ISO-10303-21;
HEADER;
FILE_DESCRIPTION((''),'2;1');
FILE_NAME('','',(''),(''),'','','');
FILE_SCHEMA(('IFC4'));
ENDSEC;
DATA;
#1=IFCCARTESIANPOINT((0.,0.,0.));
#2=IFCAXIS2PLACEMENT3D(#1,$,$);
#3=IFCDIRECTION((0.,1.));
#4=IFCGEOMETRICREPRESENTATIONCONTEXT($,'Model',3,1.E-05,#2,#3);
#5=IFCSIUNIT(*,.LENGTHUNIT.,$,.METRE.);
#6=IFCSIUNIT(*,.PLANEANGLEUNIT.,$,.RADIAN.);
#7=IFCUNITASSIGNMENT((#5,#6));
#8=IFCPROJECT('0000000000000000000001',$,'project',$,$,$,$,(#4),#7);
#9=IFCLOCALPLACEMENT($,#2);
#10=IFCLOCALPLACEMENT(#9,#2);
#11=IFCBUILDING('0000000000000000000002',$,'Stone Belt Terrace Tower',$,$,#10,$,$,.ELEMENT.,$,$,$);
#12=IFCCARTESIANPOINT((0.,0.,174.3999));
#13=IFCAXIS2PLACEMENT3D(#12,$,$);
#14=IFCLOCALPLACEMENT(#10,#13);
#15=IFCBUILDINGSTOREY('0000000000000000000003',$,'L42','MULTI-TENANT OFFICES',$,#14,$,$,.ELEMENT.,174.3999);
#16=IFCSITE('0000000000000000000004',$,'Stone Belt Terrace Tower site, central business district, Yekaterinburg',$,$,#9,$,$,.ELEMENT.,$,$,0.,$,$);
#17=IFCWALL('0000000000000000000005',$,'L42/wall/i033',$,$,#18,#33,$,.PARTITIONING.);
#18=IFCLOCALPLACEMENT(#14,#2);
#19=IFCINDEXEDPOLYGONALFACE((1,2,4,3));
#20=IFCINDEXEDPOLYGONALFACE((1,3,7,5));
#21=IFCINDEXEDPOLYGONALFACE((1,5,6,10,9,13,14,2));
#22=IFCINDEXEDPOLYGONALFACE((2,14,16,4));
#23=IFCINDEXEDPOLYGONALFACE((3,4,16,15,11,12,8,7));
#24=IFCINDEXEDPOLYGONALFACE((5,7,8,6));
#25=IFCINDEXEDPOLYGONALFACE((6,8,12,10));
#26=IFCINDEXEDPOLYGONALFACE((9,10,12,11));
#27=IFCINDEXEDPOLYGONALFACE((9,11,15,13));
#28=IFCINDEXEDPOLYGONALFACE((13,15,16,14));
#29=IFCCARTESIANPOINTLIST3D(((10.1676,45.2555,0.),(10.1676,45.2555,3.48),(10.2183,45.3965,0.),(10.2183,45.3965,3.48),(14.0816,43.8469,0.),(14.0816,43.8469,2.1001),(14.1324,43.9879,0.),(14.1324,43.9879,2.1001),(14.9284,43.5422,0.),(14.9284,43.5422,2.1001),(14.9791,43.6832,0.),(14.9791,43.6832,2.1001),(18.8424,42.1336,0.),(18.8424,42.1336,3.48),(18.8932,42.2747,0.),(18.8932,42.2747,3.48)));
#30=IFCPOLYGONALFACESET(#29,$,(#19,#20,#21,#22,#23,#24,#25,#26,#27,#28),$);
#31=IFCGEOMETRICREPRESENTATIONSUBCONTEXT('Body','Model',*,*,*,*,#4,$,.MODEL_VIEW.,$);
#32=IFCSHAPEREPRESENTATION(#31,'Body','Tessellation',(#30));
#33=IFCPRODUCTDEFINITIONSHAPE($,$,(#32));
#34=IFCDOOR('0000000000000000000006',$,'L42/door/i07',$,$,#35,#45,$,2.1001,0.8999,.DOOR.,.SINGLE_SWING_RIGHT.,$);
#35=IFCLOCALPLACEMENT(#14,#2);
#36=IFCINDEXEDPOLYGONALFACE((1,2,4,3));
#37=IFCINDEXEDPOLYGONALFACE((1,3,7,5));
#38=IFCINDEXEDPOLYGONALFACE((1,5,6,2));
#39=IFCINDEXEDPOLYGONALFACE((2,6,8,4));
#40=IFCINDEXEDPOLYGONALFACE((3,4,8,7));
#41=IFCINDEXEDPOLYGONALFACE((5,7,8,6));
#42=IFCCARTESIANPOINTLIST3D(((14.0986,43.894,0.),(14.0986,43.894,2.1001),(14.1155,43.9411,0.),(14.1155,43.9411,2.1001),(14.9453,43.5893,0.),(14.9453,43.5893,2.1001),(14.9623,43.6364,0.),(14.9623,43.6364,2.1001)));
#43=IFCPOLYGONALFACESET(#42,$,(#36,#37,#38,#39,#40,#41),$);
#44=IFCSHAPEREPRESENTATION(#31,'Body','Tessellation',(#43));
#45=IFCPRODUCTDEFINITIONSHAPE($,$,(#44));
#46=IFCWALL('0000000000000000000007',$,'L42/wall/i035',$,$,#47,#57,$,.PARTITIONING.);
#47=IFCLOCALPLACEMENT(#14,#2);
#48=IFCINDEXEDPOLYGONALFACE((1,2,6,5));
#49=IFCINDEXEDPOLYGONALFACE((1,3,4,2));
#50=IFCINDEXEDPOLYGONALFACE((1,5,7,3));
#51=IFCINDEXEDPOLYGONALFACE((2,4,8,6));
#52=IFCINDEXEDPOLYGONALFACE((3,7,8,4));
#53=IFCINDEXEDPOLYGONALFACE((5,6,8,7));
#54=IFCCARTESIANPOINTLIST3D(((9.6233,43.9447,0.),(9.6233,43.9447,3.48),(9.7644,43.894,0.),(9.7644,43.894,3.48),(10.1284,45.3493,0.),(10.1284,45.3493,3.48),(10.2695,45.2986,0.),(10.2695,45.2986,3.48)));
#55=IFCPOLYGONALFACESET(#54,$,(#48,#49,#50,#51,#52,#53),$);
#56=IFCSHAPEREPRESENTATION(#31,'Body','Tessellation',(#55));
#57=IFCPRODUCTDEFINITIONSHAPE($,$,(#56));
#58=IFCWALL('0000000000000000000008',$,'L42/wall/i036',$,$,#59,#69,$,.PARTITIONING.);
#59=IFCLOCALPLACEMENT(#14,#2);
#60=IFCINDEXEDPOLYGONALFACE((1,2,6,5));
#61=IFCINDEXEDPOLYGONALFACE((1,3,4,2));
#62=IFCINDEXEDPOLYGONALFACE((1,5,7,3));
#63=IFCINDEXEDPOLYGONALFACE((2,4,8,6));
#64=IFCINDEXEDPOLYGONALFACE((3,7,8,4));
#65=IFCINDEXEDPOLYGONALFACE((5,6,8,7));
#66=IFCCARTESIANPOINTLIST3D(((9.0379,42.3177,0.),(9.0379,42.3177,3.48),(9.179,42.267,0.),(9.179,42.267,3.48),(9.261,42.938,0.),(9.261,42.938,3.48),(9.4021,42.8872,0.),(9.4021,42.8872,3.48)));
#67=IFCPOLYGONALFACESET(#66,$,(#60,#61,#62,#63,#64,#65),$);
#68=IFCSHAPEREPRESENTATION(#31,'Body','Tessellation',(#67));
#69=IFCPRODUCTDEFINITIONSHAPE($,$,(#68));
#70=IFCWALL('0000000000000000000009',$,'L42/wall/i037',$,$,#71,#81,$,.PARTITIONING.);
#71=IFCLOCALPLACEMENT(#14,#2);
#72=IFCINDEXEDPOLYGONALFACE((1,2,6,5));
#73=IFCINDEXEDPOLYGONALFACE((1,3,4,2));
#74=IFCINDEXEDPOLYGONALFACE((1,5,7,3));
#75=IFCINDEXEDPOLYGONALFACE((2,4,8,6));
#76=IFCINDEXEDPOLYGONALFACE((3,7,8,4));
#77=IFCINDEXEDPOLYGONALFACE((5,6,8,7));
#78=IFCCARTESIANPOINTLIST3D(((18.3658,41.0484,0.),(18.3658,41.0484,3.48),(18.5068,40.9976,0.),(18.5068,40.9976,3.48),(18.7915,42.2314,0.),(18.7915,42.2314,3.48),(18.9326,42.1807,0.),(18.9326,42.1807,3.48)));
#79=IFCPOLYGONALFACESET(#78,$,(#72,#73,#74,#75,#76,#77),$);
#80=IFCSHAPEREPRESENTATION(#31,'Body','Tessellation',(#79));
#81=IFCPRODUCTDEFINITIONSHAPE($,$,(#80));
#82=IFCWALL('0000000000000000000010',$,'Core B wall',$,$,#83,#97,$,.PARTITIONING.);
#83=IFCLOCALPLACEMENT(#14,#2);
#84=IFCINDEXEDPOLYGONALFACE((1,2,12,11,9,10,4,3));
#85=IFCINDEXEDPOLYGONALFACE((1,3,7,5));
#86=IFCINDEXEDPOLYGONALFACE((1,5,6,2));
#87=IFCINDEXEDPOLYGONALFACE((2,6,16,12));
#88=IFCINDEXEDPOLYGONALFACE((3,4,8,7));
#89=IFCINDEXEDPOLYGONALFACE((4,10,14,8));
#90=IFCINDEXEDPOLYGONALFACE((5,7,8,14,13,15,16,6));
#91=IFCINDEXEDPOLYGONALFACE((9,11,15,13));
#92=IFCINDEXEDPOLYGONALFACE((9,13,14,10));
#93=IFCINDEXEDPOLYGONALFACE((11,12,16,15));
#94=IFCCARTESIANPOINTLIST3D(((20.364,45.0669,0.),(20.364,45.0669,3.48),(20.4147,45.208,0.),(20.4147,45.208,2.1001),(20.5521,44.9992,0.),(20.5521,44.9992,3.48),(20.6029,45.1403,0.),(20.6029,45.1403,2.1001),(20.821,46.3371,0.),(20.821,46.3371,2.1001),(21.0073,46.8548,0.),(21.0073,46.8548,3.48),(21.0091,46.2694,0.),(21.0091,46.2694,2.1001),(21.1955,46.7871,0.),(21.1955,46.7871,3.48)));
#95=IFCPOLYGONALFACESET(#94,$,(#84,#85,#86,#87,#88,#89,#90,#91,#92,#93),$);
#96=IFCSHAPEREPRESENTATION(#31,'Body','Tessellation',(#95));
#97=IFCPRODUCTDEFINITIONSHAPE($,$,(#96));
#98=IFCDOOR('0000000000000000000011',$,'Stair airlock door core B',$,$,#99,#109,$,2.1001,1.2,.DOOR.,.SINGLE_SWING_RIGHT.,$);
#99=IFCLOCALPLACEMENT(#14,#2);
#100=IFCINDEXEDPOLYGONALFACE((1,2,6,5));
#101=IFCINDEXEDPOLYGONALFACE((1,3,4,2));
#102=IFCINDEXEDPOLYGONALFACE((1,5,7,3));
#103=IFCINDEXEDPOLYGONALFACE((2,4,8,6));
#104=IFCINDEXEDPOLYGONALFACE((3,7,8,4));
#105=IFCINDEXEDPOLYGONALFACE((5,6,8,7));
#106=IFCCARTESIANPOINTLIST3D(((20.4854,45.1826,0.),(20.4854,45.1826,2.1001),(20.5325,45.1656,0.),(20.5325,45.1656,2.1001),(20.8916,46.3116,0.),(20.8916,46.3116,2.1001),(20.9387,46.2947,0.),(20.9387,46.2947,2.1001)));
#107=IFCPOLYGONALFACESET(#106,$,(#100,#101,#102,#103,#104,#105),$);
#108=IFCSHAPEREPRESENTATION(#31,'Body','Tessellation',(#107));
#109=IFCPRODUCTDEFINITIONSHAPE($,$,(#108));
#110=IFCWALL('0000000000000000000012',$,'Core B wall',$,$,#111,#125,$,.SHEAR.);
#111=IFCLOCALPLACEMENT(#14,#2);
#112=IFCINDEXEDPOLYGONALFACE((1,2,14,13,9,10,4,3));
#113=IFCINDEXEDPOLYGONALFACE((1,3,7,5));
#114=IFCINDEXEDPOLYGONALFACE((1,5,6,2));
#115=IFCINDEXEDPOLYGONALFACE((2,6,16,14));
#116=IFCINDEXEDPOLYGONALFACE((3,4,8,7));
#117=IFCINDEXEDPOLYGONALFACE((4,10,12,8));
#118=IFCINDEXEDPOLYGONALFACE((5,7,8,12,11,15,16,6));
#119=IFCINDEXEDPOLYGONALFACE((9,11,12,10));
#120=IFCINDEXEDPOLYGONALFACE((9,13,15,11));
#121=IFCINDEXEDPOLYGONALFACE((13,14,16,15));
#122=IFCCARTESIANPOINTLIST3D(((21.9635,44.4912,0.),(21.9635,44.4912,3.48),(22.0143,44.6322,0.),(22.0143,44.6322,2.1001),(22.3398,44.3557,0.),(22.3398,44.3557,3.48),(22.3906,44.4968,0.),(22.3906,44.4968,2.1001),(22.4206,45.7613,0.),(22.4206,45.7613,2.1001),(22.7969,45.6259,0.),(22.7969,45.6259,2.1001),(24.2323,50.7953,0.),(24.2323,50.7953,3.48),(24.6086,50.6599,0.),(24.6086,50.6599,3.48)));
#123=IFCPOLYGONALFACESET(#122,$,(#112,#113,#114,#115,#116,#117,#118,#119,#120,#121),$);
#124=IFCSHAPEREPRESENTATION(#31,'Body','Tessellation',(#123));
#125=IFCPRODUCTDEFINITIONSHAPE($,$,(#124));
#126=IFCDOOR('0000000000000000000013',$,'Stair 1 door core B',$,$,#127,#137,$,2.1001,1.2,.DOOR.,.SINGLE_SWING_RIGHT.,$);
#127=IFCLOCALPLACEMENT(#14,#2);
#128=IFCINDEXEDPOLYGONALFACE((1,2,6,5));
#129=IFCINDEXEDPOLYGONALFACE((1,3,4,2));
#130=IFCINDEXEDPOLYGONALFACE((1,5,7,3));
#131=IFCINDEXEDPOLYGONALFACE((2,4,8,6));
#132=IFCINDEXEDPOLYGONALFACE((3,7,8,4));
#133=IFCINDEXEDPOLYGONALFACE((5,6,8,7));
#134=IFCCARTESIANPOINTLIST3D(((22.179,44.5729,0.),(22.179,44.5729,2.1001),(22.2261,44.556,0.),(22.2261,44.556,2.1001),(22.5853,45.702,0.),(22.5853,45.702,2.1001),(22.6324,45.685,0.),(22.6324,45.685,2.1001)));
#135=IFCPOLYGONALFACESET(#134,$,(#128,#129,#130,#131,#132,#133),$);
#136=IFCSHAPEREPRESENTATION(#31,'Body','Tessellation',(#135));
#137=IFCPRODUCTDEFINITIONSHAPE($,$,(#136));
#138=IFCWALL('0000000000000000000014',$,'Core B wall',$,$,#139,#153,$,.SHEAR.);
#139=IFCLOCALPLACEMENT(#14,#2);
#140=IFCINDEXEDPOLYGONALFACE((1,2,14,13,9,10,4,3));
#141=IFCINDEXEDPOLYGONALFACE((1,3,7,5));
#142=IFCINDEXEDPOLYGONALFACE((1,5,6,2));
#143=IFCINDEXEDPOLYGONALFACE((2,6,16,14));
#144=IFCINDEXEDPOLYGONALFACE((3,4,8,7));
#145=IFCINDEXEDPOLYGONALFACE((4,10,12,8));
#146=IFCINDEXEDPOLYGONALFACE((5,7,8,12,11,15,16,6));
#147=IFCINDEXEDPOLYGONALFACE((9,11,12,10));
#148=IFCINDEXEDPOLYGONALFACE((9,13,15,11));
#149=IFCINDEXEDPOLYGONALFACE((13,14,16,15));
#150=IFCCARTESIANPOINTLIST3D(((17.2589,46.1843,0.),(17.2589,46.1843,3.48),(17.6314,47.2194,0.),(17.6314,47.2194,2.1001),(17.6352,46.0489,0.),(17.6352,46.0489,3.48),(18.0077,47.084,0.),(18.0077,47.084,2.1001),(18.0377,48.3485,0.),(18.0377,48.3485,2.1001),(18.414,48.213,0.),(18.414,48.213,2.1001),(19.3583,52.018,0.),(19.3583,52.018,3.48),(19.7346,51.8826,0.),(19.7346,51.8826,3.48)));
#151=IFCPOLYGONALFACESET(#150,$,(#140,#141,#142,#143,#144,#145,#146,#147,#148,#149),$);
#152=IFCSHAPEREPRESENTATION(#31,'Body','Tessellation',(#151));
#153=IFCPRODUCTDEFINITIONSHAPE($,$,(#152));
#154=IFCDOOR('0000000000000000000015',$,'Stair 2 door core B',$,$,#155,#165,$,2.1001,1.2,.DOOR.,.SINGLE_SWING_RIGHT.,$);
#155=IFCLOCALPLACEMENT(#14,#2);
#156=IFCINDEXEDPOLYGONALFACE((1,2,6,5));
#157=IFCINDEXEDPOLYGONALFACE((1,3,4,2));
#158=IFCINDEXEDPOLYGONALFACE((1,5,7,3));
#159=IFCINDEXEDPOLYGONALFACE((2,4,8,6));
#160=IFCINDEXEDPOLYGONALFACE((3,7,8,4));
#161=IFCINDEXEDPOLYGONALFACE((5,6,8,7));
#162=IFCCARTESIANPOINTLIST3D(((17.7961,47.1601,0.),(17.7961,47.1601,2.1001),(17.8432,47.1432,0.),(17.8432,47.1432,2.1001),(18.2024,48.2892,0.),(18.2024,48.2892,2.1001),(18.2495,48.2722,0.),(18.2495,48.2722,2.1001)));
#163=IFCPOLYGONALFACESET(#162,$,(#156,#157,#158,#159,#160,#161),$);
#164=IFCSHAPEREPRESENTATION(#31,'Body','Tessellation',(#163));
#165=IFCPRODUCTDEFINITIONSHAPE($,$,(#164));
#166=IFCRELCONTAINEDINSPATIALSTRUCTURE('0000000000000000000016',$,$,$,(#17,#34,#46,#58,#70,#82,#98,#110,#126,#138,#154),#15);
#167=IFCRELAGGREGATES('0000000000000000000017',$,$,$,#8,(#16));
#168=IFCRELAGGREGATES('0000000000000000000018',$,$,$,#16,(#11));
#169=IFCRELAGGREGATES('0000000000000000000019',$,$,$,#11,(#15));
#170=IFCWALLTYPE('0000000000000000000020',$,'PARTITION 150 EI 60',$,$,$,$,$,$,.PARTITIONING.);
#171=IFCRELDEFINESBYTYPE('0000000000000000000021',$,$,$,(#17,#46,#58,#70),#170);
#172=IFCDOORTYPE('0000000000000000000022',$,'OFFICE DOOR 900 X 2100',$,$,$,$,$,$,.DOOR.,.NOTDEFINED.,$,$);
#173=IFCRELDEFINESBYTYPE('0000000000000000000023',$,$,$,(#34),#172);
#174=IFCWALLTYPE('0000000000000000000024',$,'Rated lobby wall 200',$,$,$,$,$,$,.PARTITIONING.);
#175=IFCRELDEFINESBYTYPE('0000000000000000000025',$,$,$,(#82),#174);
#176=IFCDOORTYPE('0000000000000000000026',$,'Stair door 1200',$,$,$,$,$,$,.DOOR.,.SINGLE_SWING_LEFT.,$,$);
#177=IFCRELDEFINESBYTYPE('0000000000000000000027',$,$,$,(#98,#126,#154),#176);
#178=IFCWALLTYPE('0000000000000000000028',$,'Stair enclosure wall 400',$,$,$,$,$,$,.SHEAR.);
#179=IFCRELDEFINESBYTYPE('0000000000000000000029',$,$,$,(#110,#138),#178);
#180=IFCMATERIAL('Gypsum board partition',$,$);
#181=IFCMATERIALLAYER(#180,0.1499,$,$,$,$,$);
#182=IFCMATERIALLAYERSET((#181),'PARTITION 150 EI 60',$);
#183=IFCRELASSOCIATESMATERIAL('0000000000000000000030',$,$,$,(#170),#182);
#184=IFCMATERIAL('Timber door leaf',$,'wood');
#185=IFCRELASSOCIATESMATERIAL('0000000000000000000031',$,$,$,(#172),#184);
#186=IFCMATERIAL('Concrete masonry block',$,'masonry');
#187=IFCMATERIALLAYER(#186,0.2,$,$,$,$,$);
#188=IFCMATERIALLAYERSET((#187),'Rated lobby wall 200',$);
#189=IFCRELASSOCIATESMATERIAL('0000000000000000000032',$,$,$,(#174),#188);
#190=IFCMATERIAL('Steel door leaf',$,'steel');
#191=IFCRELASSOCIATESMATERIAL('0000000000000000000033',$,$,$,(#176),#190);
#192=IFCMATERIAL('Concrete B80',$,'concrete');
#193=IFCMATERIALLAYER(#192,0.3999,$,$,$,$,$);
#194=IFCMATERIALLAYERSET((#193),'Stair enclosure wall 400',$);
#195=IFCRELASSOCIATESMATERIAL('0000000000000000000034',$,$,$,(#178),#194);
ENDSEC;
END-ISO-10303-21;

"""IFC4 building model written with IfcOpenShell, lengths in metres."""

from ifc_helpers import new_model, si_unit, direction, frame, frame_2d, origin, place, context, subcontext, project, spatial, rectangle, extrude, material, layer, layer_set, type_object, element, fill, save


model = new_model("IFC4")

# Units and contexts
model_context = context("Model", 3, precision=1e-05, world=origin(), true_north=direction((0.0, 1.0)))
body_context = subcontext(model_context, "Body", "Model", "MODEL_VIEW")
ifc_project = project(units=[si_unit("LENGTHUNIT", "METRE"), si_unit("PLANEANGLEUNIT", "RADIAN")], contexts=[model_context])

# Site, building, storey
site_placement = place(None, origin())
site = spatial("IfcSite", under=ifc_project, at=site_placement, Name="Stone Belt Terrace Tower site, central business district, Yekaterinburg", CompositionType="ELEMENT", RefElevation=0.0)
building_placement = place(site_placement, origin())
building = spatial("IfcBuilding", under=site, at=building_placement, Name="Stone Belt Terrace Tower", CompositionType="ELEMENT")
storey_placement = place(building_placement, frame((0.0, 0.0, 174.3999)))
storey = spatial("IfcBuildingStorey", under=building, at=storey_placement, Name="L42", Description="MULTI-TENANT OFFICES", CompositionType="ELEMENT", Elevation=174.3999)

# Shared definitions
ifc_material_1 = material(Name="Concrete B80", Category="concrete")

# Shared definitions
ifc_material_2 = material(Name="Gypsum board partition")
ifc_layer_1 = layer(ifc_material_2, 0.1499)
ifc_layer_set_1 = layer_set([ifc_layer_1], Name="PARTITION 150 EI 60")
wall_type_1 = type_object("IfcWallType", Name="PARTITION 150 EI 60", PredefinedType="PARTITIONING", material=ifc_layer_set_1)

# Wall, opening, door
ifc_material_3 = material(Name="Timber door leaf", Category="wood")
door_type_1 = type_object("IfcDoorType", Name="OFFICE DOOR 900 X 2100", OperationType="NOTDEFINED", PredefinedType="DOOR", material=ifc_material_3)
wall_1_placement = place(storey_placement, frame((18.8679, 42.2041, 0.0), z_axis=(0.0, 0.0, 1.0), x_axis=(-0.940926, 0.338614, 0.0)))
wall_1 = element("IfcWall", 1, at=wall_1_placement, inside=storey, type_object=wall_type_1, Name="L42/wall/i033", PredefinedType="PARTITIONING", context=body_context, shape_type="SweptSolid", body=[
    extrude(rectangle(XDim=9.2195, YDim=0.1499, at=frame_2d((4.6099, 0.0))), origin(), (0.0, 0.0, 1.0), 3.48),
])
opening_1_placement = place(wall_1_placement, frame((4.1599, 0.0, 0.0)))
opening_1 = element("IfcOpeningElement", 2, at=opening_1_placement, cuts=wall_1, PredefinedType="OPENING", context=body_context, shape_type="SweptSolid", body=[
    extrude(rectangle(XDim=0.8999, YDim=2.1001, at=frame_2d((0.45, 1.05))), frame((0.0, 0.085, 0.0), z_axis=(0.0, -1.0, 0.0), x_axis=(1.0, 0.0, 0.0)), (0.0, 0.0, 1.0), 0.1699),
])
door_1_placement = place(opening_1_placement, origin())
door_1 = element("IfcDoor", 3, at=door_1_placement, inside=storey, type_object=door_type_1, Name="L42/door/i07", OperationType="SINGLE_SWING_RIGHT", OverallHeight=2.1001, OverallWidth=0.8999, PredefinedType="DOOR", context=body_context, shape_type="SweptSolid", body=[
    extrude(rectangle(XDim=0.8999, YDim=2.1001, at=frame_2d((0.45, 1.05))), frame((0.0, 0.0249, 0.0), z_axis=(0.0, -1.0, 0.0), x_axis=(1.0, 0.0, 0.0)), (0.0, 0.0, 1.0), 0.05),
])
fill(opening_1, door_1)

# Walls
wall_2_placement = place(storey_placement, frame((10.199, 45.324, 0.0), z_axis=(0.0, 0.0, 1.0), x_axis=(-0.338418, -0.940996, 0.0)))
element("IfcWall", 4, at=wall_2_placement, inside=storey, type_object=wall_type_1, Name="L42/wall/i035", PredefinedType="PARTITIONING", context=body_context, shape_type="SweptSolid", body=[
    extrude(rectangle(XDim=1.4927, YDim=0.1499, at=frame_2d((0.7463, 0.0))), origin(), (0.0, 0.0, 1.0), 3.48),
])
wall_3_placement = place(storey_placement, frame((9.3315, 42.9126, 0.0), z_axis=(0.0, 0.0, 1.0), x_axis=(-0.33847, -0.940977, 0.0)))
element("IfcWall", 5, at=wall_3_placement, inside=storey, type_object=wall_type_1, Name="L42/wall/i036", PredefinedType="PARTITIONING", context=body_context, shape_type="SweptSolid", body=[
    extrude(rectangle(XDim=0.6592, YDim=0.1499, at=frame_2d((0.3296, 0.0))), origin(), (0.0, 0.0, 1.0), 3.48),
])
wall_4_placement = place(storey_placement, frame((18.8621, 42.2061, 0.0), z_axis=(0.0, 0.0, 1.0), x_axis=(-0.338623, -0.940922, 0.0)))
element("IfcWall", 6, at=wall_4_placement, inside=storey, type_object=wall_type_1, Name="L42/wall/i037", PredefinedType="PARTITIONING", context=body_context, shape_type="SweptSolid", body=[
    extrude(rectangle(XDim=1.2573, YDim=0.1499, at=frame_2d((0.6287, 0.0))), origin(), (0.0, 0.0, 1.0), 3.48),
])

# Walls, openings, doors
ifc_material_4 = material(Name="Concrete masonry block", Category="masonry")
ifc_layer_2 = layer(ifc_material_4, 0.2)
ifc_layer_set_2 = layer_set([ifc_layer_2], Name="Rated lobby wall 200")
wall_type_2 = type_object("IfcWallType", Name="Rated lobby wall 200", PredefinedType="PARTITIONING", material=ifc_layer_set_2)
wall_5_placement = place(storey_placement, frame((20.458, 45.033, 0.0), z_axis=(0.0, 0.0, 1.0), x_axis=(0.338574, 0.94094, 0.0)))
wall_5 = element("IfcWall", 7, at=wall_5_placement, inside=storey, type_object=wall_type_2, Name="Core B wall", PredefinedType="PARTITIONING", context=body_context, shape_type="SweptSolid", body=[
    extrude(rectangle(XDim=1.9001, YDim=0.2, at=frame_2d((0.9502, 0.0))), origin(), (0.0, 0.0, 1.0), 3.48),
])
opening_2_placement = place(wall_5_placement, frame((0.1499, 0.0, 0.0)))
opening_2 = element("IfcOpeningElement", 8, at=opening_2_placement, cuts=wall_5, PredefinedType="OPENING", context=body_context, shape_type="SweptSolid", body=[
    extrude(rectangle(XDim=1.2, YDim=2.1001, at=frame_2d((0.6001, 1.05))), frame((0.0, 0.1099, 0.0), z_axis=(0.0, -1.0, 0.0), x_axis=(1.0, 0.0, 0.0)), (0.0, 0.0, 1.0), 0.22),
])
ifc_material_5 = material(Name="Steel door leaf", Category="steel")
door_type_2 = type_object("IfcDoorType", Name="Stair door 1200", OperationType="SINGLE_SWING_LEFT", PredefinedType="DOOR", material=ifc_material_5)
door_2_placement = place(opening_2_placement, origin())
door_2 = element("IfcDoor", 9, at=door_2_placement, inside=storey, type_object=door_type_2, Name="Stair airlock door core B", OperationType="SINGLE_SWING_RIGHT", OverallHeight=2.1001, OverallWidth=1.2, PredefinedType="DOOR", context=body_context, shape_type="SweptSolid", body=[
    extrude(rectangle(XDim=1.2, YDim=2.1001, at=frame_2d((0.6001, 1.05))), frame((0.0, 0.0249, 0.0), z_axis=(0.0, -1.0, 0.0), x_axis=(1.0, 0.0, 0.0)), (0.0, 0.0, 1.0), 0.05),
])
fill(opening_2, door_2)
ifc_layer_3 = layer(ifc_material_1, 0.3999)
ifc_layer_set_3 = layer_set([ifc_layer_3], Name="Stair enclosure wall 400")
wall_type_3 = type_object("IfcWallType", Name="Stair enclosure wall 400", PredefinedType="SHEAR", material=ifc_layer_set_3)
wall_6_placement = place(storey_placement, frame((22.1516, 44.4233, 0.0), z_axis=(0.0, 0.0, 1.0), x_axis=(0.338625, 0.940921, 0.0)))
wall_6 = element("IfcWall", 10, at=wall_6_placement, inside=storey, type_object=wall_type_3, Name="Core B wall", PredefinedType="SHEAR", context=body_context, shape_type="SweptSolid", body=[
    extrude(rectangle(XDim=6.7, YDim=0.3999, at=frame_2d((3.3501, 0.0))), origin(), (0.0, 0.0, 1.0), 3.48),
])
opening_3_placement = place(wall_6_placement, frame((0.1499, 0.0, 0.0)))
opening_3 = element("IfcOpeningElement", 11, at=opening_3_placement, cuts=wall_6, PredefinedType="OPENING", context=body_context, shape_type="SweptSolid", body=[
    extrude(rectangle(XDim=1.2, YDim=2.1001, at=frame_2d((0.6001, 1.05))), frame((0.0, 0.21, 0.0), z_axis=(0.0, -1.0, 0.0), x_axis=(1.0, 0.0, 0.0)), (0.0, 0.0, 1.0), 0.4199),
])
door_3_placement = place(opening_3_placement, origin())
door_3 = element("IfcDoor", 12, at=door_3_placement, inside=storey, type_object=door_type_2, Name="Stair 1 door core B", OperationType="SINGLE_SWING_RIGHT", OverallHeight=2.1001, OverallWidth=1.2, PredefinedType="DOOR", context=body_context, shape_type="SweptSolid", body=[
    extrude(rectangle(XDim=1.2, YDim=2.1001, at=frame_2d((0.6001, 1.05))), frame((0.0, 0.0249, 0.0), z_axis=(0.0, -1.0, 0.0), x_axis=(1.0, 0.0, 0.0)), (0.0, 0.0, 1.0), 0.05),
])
fill(opening_3, door_3)
wall_7_placement = place(storey_placement, frame((17.447, 46.1165, 0.0), z_axis=(0.0, 0.0, 1.0), x_axis=(0.338608, 0.940928, 0.0)))
wall_7 = element("IfcWall", 13, at=wall_7_placement, inside=storey, type_object=wall_type_3, Name="Core B wall", PredefinedType="SHEAR", context=body_context, shape_type="SweptSolid", body=[
    extrude(rectangle(XDim=6.2, YDim=0.3999, at=frame_2d((3.1001, 0.0))), origin(), (0.0, 0.0, 1.0), 3.48),
])
opening_4_placement = place(wall_7_placement, frame((1.1001, 0.0, 0.0)))
opening_4 = element("IfcOpeningElement", 14, at=opening_4_placement, cuts=wall_7, PredefinedType="OPENING", context=body_context, shape_type="SweptSolid", body=[
    extrude(rectangle(XDim=1.2, YDim=2.1001, at=frame_2d((0.6001, 1.05))), frame((0.0, 0.21, 0.0), z_axis=(0.0, -1.0, 0.0), x_axis=(1.0, 0.0, 0.0)), (0.0, 0.0, 1.0), 0.4199),
])
door_4_placement = place(opening_4_placement, origin())
door_4 = element("IfcDoor", 15, at=door_4_placement, inside=storey, type_object=door_type_2, Name="Stair 2 door core B", OperationType="SINGLE_SWING_RIGHT", OverallHeight=2.1001, OverallWidth=1.2, PredefinedType="DOOR", context=body_context, shape_type="SweptSolid", body=[
    extrude(rectangle(XDim=1.2, YDim=2.1001, at=frame_2d((0.6001, 1.05))), frame((0.0, 0.0249, 0.0), z_axis=(0.0, -1.0, 0.0), x_axis=(1.0, 0.0, 0.0)), (0.0, 0.0, 1.0), 0.05),
])
fill(opening_4, door_4)

save(model, "model.ifc")
